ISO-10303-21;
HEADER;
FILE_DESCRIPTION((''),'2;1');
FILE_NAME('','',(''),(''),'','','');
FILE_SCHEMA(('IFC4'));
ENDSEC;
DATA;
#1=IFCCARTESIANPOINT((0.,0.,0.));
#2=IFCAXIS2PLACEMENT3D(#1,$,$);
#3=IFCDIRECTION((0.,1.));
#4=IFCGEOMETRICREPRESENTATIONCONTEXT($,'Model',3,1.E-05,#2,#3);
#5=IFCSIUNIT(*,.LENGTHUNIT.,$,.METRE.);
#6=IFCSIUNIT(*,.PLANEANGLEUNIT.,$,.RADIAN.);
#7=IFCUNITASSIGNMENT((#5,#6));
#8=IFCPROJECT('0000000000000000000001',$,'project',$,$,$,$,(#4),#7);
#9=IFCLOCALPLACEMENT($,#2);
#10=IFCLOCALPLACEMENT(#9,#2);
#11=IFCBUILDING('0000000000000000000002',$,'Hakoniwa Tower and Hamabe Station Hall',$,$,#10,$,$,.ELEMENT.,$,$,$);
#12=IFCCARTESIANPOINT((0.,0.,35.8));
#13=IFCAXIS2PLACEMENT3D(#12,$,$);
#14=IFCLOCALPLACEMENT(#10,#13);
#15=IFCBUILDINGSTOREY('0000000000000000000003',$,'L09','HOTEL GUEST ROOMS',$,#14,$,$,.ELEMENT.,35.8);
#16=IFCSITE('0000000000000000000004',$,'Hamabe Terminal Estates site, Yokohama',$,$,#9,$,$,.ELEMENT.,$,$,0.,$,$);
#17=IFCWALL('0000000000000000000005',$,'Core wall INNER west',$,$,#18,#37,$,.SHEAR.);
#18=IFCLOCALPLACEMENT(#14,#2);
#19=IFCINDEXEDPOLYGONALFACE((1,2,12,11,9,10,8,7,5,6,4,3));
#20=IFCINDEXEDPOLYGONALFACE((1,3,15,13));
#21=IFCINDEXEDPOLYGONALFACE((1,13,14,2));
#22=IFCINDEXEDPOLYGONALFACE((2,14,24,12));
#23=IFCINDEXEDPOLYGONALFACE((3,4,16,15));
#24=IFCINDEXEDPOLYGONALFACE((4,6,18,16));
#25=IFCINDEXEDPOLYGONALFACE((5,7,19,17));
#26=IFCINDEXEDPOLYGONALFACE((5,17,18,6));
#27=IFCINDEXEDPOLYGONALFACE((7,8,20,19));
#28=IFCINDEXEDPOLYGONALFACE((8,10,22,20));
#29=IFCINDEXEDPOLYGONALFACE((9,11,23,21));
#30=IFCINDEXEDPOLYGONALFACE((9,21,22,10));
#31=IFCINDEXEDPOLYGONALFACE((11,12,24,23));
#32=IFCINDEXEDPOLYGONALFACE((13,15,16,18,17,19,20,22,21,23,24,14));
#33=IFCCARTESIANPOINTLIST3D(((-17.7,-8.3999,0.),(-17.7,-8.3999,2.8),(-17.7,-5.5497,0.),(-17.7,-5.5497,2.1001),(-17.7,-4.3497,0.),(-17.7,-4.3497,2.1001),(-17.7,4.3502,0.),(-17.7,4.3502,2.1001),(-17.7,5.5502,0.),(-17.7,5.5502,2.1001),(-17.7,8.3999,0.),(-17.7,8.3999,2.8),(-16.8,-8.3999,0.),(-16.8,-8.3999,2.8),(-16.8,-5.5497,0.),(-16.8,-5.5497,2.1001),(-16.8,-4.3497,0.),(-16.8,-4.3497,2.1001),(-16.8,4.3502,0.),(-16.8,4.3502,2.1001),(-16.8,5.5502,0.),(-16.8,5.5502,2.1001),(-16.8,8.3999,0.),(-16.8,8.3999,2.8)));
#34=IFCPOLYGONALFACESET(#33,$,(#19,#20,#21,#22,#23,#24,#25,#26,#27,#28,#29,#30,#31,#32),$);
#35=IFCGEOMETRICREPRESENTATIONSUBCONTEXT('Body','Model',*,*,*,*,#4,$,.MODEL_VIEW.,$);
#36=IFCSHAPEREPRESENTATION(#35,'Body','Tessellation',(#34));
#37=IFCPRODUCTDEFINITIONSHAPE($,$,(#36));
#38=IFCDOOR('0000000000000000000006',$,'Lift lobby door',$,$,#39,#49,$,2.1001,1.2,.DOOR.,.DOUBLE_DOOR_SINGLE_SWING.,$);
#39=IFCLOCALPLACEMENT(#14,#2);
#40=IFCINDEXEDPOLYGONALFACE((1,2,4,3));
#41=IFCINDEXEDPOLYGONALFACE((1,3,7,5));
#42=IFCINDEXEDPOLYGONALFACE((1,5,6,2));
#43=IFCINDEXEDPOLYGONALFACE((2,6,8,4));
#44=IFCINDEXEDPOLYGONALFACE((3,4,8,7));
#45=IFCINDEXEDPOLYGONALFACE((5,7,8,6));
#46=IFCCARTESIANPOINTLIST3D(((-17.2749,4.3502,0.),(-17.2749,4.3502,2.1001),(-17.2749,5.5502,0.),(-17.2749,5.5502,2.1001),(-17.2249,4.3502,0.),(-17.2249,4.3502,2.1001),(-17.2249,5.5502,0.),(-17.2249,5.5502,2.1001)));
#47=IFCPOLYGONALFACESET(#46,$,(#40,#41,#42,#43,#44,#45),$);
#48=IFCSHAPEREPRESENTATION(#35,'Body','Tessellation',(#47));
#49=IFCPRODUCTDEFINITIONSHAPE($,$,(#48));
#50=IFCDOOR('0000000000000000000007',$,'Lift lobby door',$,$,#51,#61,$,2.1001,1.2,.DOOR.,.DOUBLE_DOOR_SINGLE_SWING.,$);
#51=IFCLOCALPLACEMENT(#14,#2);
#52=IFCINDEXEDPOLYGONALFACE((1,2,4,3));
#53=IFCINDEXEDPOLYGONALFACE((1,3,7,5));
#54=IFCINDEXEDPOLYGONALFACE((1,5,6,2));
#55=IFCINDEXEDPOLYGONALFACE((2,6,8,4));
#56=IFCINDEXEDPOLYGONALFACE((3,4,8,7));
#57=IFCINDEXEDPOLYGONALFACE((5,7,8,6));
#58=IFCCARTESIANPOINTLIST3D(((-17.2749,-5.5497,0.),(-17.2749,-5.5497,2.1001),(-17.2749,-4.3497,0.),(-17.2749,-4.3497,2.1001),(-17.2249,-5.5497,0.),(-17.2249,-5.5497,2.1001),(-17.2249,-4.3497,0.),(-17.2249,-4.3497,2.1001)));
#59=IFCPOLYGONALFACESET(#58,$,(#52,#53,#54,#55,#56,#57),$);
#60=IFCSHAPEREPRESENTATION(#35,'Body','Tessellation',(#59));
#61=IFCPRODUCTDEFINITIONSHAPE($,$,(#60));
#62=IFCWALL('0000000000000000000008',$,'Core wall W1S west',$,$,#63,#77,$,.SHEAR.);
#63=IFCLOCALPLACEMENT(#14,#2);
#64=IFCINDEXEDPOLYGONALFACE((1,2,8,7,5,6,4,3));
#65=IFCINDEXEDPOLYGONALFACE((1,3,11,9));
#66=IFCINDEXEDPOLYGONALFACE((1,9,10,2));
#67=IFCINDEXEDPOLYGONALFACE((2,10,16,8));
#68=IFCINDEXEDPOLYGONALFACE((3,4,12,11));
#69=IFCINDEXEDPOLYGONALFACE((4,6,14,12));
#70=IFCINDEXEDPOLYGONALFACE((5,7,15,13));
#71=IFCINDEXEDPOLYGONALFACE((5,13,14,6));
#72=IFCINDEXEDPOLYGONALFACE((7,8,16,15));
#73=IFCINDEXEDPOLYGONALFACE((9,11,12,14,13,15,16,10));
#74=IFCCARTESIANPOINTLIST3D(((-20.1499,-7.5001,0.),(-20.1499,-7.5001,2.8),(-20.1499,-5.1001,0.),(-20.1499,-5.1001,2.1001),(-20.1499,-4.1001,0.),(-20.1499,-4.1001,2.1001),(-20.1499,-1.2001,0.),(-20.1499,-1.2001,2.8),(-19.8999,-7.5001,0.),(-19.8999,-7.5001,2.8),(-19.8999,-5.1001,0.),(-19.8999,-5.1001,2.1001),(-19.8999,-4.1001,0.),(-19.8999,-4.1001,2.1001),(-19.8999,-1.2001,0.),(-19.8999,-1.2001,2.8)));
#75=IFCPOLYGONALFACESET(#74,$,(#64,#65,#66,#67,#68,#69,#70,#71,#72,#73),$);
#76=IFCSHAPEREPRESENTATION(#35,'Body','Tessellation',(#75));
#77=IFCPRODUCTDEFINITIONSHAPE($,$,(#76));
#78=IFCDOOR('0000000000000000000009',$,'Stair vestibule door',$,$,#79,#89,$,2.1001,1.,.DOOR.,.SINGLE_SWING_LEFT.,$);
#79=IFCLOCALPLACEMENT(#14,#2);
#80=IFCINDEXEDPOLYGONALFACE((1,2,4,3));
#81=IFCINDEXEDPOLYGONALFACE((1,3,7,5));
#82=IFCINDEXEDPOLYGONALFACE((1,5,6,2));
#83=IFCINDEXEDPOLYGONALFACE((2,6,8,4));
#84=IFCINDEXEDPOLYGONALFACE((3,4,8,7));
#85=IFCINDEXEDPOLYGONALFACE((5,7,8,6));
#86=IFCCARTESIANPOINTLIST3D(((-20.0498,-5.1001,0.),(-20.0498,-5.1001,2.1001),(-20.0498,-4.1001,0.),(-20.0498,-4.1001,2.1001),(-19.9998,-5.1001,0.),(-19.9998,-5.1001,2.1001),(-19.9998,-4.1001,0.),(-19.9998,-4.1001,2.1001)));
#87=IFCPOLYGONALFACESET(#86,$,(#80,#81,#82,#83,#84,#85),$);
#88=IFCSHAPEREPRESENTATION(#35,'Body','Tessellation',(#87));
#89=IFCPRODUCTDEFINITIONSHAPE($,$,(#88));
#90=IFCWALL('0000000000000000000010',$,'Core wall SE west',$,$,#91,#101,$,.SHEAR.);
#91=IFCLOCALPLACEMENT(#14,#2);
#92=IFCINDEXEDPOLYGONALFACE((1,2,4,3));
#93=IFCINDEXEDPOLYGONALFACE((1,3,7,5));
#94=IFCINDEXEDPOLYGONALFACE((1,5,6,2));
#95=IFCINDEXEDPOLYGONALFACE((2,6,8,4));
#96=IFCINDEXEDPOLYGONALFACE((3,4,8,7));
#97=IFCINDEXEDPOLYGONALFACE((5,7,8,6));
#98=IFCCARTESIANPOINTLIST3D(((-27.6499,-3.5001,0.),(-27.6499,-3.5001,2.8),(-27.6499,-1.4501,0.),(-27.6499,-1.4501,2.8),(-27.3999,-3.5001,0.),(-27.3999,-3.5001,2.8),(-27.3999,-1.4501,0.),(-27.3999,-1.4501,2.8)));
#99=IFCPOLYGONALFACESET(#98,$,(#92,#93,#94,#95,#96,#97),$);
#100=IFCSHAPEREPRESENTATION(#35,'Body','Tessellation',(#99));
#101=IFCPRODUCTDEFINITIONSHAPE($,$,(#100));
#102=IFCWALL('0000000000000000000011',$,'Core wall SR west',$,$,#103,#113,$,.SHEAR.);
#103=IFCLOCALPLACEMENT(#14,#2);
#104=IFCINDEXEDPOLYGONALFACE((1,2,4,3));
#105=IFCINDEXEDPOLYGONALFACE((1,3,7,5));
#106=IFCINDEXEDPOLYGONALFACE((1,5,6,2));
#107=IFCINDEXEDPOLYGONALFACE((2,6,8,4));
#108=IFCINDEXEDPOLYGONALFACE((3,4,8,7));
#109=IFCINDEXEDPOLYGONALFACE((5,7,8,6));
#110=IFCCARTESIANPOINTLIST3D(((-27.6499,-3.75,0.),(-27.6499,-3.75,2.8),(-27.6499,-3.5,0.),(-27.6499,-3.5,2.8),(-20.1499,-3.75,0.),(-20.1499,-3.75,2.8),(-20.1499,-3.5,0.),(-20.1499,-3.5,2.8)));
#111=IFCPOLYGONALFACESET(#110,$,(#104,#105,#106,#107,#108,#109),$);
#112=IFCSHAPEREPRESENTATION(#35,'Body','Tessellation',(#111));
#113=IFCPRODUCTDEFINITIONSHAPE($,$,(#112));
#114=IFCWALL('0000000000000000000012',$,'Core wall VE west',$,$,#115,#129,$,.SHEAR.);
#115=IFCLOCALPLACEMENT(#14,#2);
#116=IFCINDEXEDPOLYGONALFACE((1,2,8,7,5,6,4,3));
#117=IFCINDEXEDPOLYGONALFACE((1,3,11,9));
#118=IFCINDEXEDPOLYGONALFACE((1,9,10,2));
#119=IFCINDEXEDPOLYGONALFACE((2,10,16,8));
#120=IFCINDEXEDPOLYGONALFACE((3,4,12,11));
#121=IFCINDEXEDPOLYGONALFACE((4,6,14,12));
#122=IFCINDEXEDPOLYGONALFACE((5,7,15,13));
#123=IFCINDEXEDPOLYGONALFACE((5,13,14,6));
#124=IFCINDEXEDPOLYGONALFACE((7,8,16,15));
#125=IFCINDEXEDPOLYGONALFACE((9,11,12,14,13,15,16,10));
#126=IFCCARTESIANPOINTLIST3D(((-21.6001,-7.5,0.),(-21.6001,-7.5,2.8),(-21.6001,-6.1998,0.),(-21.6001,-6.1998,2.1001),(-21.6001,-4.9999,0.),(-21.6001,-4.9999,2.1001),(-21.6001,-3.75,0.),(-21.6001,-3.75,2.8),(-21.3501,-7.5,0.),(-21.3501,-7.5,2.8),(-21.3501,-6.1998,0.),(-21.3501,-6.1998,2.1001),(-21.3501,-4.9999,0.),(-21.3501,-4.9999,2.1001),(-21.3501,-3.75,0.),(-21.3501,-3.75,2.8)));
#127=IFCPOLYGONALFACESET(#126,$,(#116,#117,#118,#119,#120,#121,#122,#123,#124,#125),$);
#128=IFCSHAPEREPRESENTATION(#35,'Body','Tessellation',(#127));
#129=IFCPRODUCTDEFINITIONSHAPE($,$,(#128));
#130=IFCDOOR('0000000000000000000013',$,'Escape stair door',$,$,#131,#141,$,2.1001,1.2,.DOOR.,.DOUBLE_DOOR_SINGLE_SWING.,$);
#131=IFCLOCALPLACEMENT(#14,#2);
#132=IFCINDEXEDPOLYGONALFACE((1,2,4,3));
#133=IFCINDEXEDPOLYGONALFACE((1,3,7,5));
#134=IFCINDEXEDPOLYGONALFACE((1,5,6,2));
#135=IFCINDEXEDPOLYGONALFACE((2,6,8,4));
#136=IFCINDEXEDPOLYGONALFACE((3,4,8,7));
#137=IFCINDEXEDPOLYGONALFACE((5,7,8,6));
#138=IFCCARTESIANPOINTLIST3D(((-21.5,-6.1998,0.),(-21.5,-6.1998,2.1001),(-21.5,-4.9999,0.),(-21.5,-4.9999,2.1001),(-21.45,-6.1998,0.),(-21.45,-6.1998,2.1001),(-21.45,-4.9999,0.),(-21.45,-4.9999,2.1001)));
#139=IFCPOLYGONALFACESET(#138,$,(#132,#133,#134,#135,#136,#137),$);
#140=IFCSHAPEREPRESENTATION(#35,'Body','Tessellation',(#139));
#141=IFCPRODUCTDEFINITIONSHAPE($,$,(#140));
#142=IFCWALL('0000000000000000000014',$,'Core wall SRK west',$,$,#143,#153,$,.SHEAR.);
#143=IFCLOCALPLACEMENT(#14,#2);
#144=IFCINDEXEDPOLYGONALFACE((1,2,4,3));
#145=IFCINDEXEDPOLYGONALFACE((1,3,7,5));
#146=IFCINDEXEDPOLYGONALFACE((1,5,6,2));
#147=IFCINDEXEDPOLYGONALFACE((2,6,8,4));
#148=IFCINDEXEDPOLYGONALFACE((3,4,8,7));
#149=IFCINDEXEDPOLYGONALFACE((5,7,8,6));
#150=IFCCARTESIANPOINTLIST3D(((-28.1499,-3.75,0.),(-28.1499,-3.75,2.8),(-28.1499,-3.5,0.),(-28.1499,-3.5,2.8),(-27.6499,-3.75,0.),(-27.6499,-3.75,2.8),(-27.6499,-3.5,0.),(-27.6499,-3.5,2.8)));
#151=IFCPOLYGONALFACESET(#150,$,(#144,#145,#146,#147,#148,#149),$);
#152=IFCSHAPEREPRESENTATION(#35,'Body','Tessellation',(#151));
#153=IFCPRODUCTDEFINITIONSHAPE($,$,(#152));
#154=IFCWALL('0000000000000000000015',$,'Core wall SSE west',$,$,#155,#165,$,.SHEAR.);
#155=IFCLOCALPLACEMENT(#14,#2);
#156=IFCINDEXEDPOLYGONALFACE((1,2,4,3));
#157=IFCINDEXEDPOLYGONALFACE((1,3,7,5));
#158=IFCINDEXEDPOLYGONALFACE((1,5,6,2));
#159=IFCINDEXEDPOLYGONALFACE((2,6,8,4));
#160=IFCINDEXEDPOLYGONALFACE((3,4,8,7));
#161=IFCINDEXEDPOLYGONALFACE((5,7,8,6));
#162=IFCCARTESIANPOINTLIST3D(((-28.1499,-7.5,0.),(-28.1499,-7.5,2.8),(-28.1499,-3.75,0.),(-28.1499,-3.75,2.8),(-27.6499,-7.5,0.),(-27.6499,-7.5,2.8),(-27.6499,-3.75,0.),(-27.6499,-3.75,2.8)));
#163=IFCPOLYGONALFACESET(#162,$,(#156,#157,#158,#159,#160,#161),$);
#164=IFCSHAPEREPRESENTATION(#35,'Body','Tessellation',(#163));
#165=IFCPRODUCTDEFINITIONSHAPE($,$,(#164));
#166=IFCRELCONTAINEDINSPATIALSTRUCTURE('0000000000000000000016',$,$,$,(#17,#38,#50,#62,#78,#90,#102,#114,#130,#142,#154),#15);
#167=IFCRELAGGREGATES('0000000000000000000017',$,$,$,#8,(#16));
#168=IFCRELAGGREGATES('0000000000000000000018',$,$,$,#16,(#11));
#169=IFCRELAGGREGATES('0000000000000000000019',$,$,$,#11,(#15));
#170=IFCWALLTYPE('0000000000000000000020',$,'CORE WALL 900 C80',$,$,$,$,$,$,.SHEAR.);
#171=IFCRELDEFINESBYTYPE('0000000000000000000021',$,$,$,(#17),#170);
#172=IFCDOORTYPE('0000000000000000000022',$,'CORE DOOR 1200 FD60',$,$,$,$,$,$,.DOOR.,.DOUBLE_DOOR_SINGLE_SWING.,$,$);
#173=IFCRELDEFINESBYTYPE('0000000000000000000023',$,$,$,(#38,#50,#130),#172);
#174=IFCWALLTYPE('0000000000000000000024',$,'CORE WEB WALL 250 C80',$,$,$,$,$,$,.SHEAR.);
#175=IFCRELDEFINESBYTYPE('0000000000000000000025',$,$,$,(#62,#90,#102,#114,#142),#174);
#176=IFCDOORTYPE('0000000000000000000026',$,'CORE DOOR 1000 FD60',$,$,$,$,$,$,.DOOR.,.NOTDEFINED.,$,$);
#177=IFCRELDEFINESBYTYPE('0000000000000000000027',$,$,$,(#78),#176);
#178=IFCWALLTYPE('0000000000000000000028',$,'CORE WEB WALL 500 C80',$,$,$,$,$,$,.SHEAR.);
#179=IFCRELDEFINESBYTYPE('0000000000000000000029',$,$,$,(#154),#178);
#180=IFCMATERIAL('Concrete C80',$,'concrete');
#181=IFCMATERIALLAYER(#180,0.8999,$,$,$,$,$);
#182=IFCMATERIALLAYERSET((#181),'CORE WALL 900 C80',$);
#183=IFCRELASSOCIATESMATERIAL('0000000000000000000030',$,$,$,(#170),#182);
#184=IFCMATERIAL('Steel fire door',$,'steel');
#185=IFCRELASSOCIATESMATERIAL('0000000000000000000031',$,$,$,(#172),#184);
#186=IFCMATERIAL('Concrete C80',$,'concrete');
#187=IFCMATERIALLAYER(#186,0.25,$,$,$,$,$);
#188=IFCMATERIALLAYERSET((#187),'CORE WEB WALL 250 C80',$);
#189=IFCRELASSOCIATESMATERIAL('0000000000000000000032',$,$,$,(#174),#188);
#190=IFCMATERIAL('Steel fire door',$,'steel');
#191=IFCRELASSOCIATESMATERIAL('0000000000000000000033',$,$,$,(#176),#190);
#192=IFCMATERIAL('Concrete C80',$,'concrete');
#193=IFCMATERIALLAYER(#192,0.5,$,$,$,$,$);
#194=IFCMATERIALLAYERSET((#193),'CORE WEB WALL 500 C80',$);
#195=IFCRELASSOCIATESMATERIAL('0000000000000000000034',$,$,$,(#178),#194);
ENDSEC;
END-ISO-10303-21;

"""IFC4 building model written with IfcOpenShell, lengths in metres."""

from ifc_helpers import new_model, si_unit, direction, frame, frame_2d, origin, place, context, subcontext, project, spatial, rectangle, extrude, material, layer, layer_set, type_object, element, fill, save


model = new_model("IFC4")

# Units and contexts
model_context = context("Model", 3, precision=1e-05, world=origin(), true_north=direction((0.0, 1.0)))
body_context = subcontext(model_context, "Body", "Model", "MODEL_VIEW")
ifc_project = project(units=[si_unit("LENGTHUNIT", "METRE"), si_unit("PLANEANGLEUNIT", "RADIAN")], contexts=[model_context])

# Site, building, storey
site_placement = place(None, origin())
site = spatial("IfcSite", under=ifc_project, at=site_placement, Name="Hamabe Terminal Estates site, Yokohama", CompositionType="ELEMENT", RefElevation=0.0)
building_placement = place(site_placement, origin())
building = spatial("IfcBuilding", under=site, at=building_placement, Name="Hakoniwa Tower and Hamabe Station Hall", CompositionType="ELEMENT")
storey_placement = place(building_placement, frame((0.0, 0.0, 35.8)))
storey = spatial("IfcBuildingStorey", under=building, at=storey_placement, Name="L09", Description="HOTEL GUEST ROOMS", CompositionType="ELEMENT", Elevation=35.8)

# Wall, openings, doors
ifc_material_1 = material(Name="Concrete C80", Category="concrete")
ifc_layer_1 = layer(ifc_material_1, 0.8999)
ifc_layer_set_1 = layer_set([ifc_layer_1], Name="CORE WALL 900 C80")
wall_type_1 = type_object("IfcWallType", Name="CORE WALL 900 C80", PredefinedType="SHEAR", material=ifc_layer_set_1)
wall_1_placement = place(storey_placement, frame((-17.25, -8.3999, 0.0), z_axis=(0.0, 0.0, 1.0), x_axis=(0.0, 1.0, 0.0)))
wall_1 = element("IfcWall", 1, at=wall_1_placement, inside=storey, type_object=wall_type_1, Name="Core wall INNER west", PredefinedType="SHEAR", context=body_context, shape_type="SweptSolid", body=[
    extrude(rectangle(XDim=16.7998, YDim=0.8999, at=frame_2d((8.3999, 0.0))), origin(), (0.0, 0.0, 1.0), 2.8),
])
opening_1_placement = place(wall_1_placement, frame((12.75, 0.0, 0.0)))
opening_1 = element("IfcOpeningElement", 2, at=opening_1_placement, cuts=wall_1, PredefinedType="OPENING", context=body_context, shape_type="SweptSolid", body=[
    extrude(rectangle(XDim=1.2, YDim=2.1001, at=frame_2d((0.6001, 1.05))), frame((0.0, 0.46, 0.0), z_axis=(0.0, -1.0, 0.0), x_axis=(1.0, 0.0, 0.0)), (0.0, 0.0, 1.0), 0.9199),
])
opening_2_placement = place(wall_1_placement, frame((2.8501, 0.0, 0.0)))
opening_2 = element("IfcOpeningElement", 3, at=opening_2_placement, cuts=wall_1, PredefinedType="OPENING", context=body_context, shape_type="SweptSolid", body=[
    extrude(rectangle(XDim=1.2, YDim=2.1001, at=frame_2d((0.6001, 1.05))), frame((0.0, 0.46, 0.0), z_axis=(0.0, -1.0, 0.0), x_axis=(1.0, 0.0, 0.0)), (0.0, 0.0, 1.0), 0.9199),
])
ifc_material_2 = material(Name="Steel fire door", Category="steel")
door_type_1 = type_object("IfcDoorType", Name="CORE DOOR 1200 FD60", OperationType="DOUBLE_DOOR_SINGLE_SWING", PredefinedType="DOOR", material=ifc_material_2)
door_1_placement = place(opening_1_placement, origin())
door_1 = element("IfcDoor", 4, at=door_1_placement, inside=storey, type_object=door_type_1, Name="Lift lobby door", OperationType="DOUBLE_DOOR_SINGLE_SWING", OverallHeight=2.1001, OverallWidth=1.2, PredefinedType="DOOR", context=body_context, shape_type="SweptSolid", body=[
    extrude(rectangle(XDim=1.2, YDim=2.1001, at=frame_2d((0.6001, 1.05))), frame((0.0, 0.0249, 0.0), z_axis=(0.0, -1.0, 0.0), x_axis=(1.0, 0.0, 0.0)), (0.0, 0.0, 1.0), 0.05),
])
fill(opening_1, door_1)
door_2_placement = place(opening_2_placement, origin())
door_2 = element("IfcDoor", 5, at=door_2_placement, inside=storey, type_object=door_type_1, Name="Lift lobby door", OperationType="DOUBLE_DOOR_SINGLE_SWING", OverallHeight=2.1001, OverallWidth=1.2, PredefinedType="DOOR", context=body_context, shape_type="SweptSolid", body=[
    extrude(rectangle(XDim=1.2, YDim=2.1001, at=frame_2d((0.6001, 1.05))), frame((0.0, 0.0249, 0.0), z_axis=(0.0, -1.0, 0.0), x_axis=(1.0, 0.0, 0.0)), (0.0, 0.0, 1.0), 0.05),
])
fill(opening_2, door_2)

# Wall, opening, door
ifc_material_3 = material(Name="Concrete C80", Category="concrete")
ifc_layer_2 = layer(ifc_material_3, 0.25)
ifc_layer_set_2 = layer_set([ifc_layer_2], Name="CORE WEB WALL 250 C80")
wall_type_2 = type_object("IfcWallType", Name="CORE WEB WALL 250 C80", PredefinedType="SHEAR", material=ifc_layer_set_2)
wall_2_placement = place(storey_placement, frame((-20.0249, -7.5, 0.0), z_axis=(0.0, 0.0, 1.0), x_axis=(0.0, 1.0, 0.0)))
wall_2 = element("IfcWall", 6, at=wall_2_placement, inside=storey, type_object=wall_type_2, Name="Core wall W1S west", PredefinedType="SHEAR", context=body_context, shape_type="SweptSolid", body=[
    extrude(rectangle(XDim=6.3, YDim=0.25, at=frame_2d((3.1499, 0.0))), origin(), (0.0, 0.0, 1.0), 2.8),
])
opening_3_placement = place(wall_2_placement, frame((2.3999, 0.0, 0.0)))
opening_3 = element("IfcOpeningElement", 7, at=opening_3_placement, cuts=wall_2, PredefinedType="OPENING", context=body_context, shape_type="SweptSolid", body=[
    extrude(rectangle(XDim=1.0, YDim=2.1001, at=frame_2d((0.5, 1.05))), frame((0.0, 0.135, 0.0), z_axis=(0.0, -1.0, 0.0), x_axis=(1.0, 0.0, 0.0)), (0.0, 0.0, 1.0), 0.27),
])
ifc_material_4 = material(Name="Steel fire door", Category="steel")
door_type_2 = type_object("IfcDoorType", Name="CORE DOOR 1000 FD60", OperationType="NOTDEFINED", PredefinedType="DOOR", material=ifc_material_4)
door_3_placement = place(opening_3_placement, origin())
door_3 = element("IfcDoor", 8, at=door_3_placement, inside=storey, type_object=door_type_2, Name="Stair vestibule door", OperationType="SINGLE_SWING_LEFT", OverallHeight=2.1001, OverallWidth=1.0, PredefinedType="DOOR", context=body_context, shape_type="SweptSolid", body=[
    extrude(rectangle(XDim=1.0, YDim=2.1001, at=frame_2d((0.5, 1.05))), frame((0.0, 0.0249, 0.0), z_axis=(0.0, -1.0, 0.0), x_axis=(1.0, 0.0, 0.0)), (0.0, 0.0, 1.0), 0.05),
])
fill(opening_3, door_3)

# Walls
wall_3_placement = place(storey_placement, frame((-27.5249, -3.5, 0.0), z_axis=(0.0, 0.0, 1.0), x_axis=(0.0, 1.0, 0.0)))
element("IfcWall", 9, at=wall_3_placement, inside=storey, type_object=wall_type_2, Name="Core wall SE west", PredefinedType="SHEAR", context=body_context, shape_type="SweptSolid", body=[
    extrude(rectangle(XDim=2.05, YDim=0.25, at=frame_2d((1.0249, 0.0))), origin(), (0.0, 0.0, 1.0), 2.8),
])
wall_4_placement = place(storey_placement, frame((-27.6499, -3.625, 0.0), z_axis=(0.0, 0.0, 1.0), x_axis=(1.0, 0.0, 0.0)))
element("IfcWall", 10, at=wall_4_placement, inside=storey, type_object=wall_type_2, Name="Core wall SR west", PredefinedType="SHEAR", context=body_context, shape_type="SweptSolid", body=[
    extrude(rectangle(XDim=7.5, YDim=0.25, at=frame_2d((3.75, 0.0))), origin(), (0.0, 0.0, 1.0), 2.8),
])

# Wall, opening, door
wall_5_placement = place(storey_placement, frame((-21.4751, -7.5, 0.0), z_axis=(0.0, 0.0, 1.0), x_axis=(0.0, 1.0, 0.0)))
wall_5 = element("IfcWall", 11, at=wall_5_placement, inside=storey, type_object=wall_type_2, Name="Core wall VE west", PredefinedType="SHEAR", context=body_context, shape_type="SweptSolid", body=[
    extrude(rectangle(XDim=3.75, YDim=0.25, at=frame_2d((1.875, 0.0))), origin(), (0.0, 0.0, 1.0), 2.8),
])
opening_4_placement = place(wall_5_placement, frame((1.3, 0.0, 0.0)))
opening_4 = element("IfcOpeningElement", 12, at=opening_4_placement, cuts=wall_5, PredefinedType="OPENING", context=body_context, shape_type="SweptSolid", body=[
    extrude(rectangle(XDim=1.2, YDim=2.1001, at=frame_2d((0.6001, 1.05))), frame((0.0, 0.135, 0.0), z_axis=(0.0, -1.0, 0.0), x_axis=(1.0, 0.0, 0.0)), (0.0, 0.0, 1.0), 0.27),
])
door_4_placement = place(opening_4_placement, origin())
door_4 = element("IfcDoor", 13, at=door_4_placement, inside=storey, type_object=door_type_1, Name="Escape stair door", OperationType="DOUBLE_DOOR_SINGLE_SWING", OverallHeight=2.1001, OverallWidth=1.2, PredefinedType="DOOR", context=body_context, shape_type="SweptSolid", body=[
    extrude(rectangle(XDim=1.2, YDim=2.1001, at=frame_2d((0.6001, 1.05))), frame((0.0, 0.0249, 0.0), z_axis=(0.0, -1.0, 0.0), x_axis=(1.0, 0.0, 0.0)), (0.0, 0.0, 1.0), 0.05),
])
fill(opening_4, door_4)

# Walls
wall_6_placement = place(storey_placement, frame((-28.1499, -3.625, 0.0), z_axis=(0.0, 0.0, 1.0), x_axis=(1.0, 0.0, 0.0)))
element("IfcWall", 14, at=wall_6_placement, inside=storey, type_object=wall_type_2, Name="Core wall SRK west", PredefinedType="SHEAR", context=body_context, shape_type="SweptSolid", body=[
    extrude(rectangle(XDim=0.5, YDim=0.25, at=frame_2d((0.25, 0.0))), origin(), (0.0, 0.0, 1.0), 2.8),
])
ifc_material_5 = material(Name="Concrete C80", Category="concrete")
ifc_layer_3 = layer(ifc_material_5, 0.5)
ifc_layer_set_3 = layer_set([ifc_layer_3], Name="CORE WEB WALL 500 C80")
wall_type_3 = type_object("IfcWallType", Name="CORE WEB WALL 500 C80", PredefinedType="SHEAR", material=ifc_layer_set_3)
wall_7_placement = place(storey_placement, frame((-27.8999, -7.5, 0.0), z_axis=(0.0, 0.0, 1.0), x_axis=(0.0, 1.0, 0.0)))
element("IfcWall", 15, at=wall_7_placement, inside=storey, type_object=wall_type_3, Name="Core wall SSE west", PredefinedType="SHEAR", context=body_context, shape_type="SweptSolid", body=[
    extrude(rectangle(XDim=3.75, YDim=0.5, at=frame_2d((1.875, 0.0))), origin(), (0.0, 0.0, 1.0), 2.8),
])

save(model, "model.ifc")
